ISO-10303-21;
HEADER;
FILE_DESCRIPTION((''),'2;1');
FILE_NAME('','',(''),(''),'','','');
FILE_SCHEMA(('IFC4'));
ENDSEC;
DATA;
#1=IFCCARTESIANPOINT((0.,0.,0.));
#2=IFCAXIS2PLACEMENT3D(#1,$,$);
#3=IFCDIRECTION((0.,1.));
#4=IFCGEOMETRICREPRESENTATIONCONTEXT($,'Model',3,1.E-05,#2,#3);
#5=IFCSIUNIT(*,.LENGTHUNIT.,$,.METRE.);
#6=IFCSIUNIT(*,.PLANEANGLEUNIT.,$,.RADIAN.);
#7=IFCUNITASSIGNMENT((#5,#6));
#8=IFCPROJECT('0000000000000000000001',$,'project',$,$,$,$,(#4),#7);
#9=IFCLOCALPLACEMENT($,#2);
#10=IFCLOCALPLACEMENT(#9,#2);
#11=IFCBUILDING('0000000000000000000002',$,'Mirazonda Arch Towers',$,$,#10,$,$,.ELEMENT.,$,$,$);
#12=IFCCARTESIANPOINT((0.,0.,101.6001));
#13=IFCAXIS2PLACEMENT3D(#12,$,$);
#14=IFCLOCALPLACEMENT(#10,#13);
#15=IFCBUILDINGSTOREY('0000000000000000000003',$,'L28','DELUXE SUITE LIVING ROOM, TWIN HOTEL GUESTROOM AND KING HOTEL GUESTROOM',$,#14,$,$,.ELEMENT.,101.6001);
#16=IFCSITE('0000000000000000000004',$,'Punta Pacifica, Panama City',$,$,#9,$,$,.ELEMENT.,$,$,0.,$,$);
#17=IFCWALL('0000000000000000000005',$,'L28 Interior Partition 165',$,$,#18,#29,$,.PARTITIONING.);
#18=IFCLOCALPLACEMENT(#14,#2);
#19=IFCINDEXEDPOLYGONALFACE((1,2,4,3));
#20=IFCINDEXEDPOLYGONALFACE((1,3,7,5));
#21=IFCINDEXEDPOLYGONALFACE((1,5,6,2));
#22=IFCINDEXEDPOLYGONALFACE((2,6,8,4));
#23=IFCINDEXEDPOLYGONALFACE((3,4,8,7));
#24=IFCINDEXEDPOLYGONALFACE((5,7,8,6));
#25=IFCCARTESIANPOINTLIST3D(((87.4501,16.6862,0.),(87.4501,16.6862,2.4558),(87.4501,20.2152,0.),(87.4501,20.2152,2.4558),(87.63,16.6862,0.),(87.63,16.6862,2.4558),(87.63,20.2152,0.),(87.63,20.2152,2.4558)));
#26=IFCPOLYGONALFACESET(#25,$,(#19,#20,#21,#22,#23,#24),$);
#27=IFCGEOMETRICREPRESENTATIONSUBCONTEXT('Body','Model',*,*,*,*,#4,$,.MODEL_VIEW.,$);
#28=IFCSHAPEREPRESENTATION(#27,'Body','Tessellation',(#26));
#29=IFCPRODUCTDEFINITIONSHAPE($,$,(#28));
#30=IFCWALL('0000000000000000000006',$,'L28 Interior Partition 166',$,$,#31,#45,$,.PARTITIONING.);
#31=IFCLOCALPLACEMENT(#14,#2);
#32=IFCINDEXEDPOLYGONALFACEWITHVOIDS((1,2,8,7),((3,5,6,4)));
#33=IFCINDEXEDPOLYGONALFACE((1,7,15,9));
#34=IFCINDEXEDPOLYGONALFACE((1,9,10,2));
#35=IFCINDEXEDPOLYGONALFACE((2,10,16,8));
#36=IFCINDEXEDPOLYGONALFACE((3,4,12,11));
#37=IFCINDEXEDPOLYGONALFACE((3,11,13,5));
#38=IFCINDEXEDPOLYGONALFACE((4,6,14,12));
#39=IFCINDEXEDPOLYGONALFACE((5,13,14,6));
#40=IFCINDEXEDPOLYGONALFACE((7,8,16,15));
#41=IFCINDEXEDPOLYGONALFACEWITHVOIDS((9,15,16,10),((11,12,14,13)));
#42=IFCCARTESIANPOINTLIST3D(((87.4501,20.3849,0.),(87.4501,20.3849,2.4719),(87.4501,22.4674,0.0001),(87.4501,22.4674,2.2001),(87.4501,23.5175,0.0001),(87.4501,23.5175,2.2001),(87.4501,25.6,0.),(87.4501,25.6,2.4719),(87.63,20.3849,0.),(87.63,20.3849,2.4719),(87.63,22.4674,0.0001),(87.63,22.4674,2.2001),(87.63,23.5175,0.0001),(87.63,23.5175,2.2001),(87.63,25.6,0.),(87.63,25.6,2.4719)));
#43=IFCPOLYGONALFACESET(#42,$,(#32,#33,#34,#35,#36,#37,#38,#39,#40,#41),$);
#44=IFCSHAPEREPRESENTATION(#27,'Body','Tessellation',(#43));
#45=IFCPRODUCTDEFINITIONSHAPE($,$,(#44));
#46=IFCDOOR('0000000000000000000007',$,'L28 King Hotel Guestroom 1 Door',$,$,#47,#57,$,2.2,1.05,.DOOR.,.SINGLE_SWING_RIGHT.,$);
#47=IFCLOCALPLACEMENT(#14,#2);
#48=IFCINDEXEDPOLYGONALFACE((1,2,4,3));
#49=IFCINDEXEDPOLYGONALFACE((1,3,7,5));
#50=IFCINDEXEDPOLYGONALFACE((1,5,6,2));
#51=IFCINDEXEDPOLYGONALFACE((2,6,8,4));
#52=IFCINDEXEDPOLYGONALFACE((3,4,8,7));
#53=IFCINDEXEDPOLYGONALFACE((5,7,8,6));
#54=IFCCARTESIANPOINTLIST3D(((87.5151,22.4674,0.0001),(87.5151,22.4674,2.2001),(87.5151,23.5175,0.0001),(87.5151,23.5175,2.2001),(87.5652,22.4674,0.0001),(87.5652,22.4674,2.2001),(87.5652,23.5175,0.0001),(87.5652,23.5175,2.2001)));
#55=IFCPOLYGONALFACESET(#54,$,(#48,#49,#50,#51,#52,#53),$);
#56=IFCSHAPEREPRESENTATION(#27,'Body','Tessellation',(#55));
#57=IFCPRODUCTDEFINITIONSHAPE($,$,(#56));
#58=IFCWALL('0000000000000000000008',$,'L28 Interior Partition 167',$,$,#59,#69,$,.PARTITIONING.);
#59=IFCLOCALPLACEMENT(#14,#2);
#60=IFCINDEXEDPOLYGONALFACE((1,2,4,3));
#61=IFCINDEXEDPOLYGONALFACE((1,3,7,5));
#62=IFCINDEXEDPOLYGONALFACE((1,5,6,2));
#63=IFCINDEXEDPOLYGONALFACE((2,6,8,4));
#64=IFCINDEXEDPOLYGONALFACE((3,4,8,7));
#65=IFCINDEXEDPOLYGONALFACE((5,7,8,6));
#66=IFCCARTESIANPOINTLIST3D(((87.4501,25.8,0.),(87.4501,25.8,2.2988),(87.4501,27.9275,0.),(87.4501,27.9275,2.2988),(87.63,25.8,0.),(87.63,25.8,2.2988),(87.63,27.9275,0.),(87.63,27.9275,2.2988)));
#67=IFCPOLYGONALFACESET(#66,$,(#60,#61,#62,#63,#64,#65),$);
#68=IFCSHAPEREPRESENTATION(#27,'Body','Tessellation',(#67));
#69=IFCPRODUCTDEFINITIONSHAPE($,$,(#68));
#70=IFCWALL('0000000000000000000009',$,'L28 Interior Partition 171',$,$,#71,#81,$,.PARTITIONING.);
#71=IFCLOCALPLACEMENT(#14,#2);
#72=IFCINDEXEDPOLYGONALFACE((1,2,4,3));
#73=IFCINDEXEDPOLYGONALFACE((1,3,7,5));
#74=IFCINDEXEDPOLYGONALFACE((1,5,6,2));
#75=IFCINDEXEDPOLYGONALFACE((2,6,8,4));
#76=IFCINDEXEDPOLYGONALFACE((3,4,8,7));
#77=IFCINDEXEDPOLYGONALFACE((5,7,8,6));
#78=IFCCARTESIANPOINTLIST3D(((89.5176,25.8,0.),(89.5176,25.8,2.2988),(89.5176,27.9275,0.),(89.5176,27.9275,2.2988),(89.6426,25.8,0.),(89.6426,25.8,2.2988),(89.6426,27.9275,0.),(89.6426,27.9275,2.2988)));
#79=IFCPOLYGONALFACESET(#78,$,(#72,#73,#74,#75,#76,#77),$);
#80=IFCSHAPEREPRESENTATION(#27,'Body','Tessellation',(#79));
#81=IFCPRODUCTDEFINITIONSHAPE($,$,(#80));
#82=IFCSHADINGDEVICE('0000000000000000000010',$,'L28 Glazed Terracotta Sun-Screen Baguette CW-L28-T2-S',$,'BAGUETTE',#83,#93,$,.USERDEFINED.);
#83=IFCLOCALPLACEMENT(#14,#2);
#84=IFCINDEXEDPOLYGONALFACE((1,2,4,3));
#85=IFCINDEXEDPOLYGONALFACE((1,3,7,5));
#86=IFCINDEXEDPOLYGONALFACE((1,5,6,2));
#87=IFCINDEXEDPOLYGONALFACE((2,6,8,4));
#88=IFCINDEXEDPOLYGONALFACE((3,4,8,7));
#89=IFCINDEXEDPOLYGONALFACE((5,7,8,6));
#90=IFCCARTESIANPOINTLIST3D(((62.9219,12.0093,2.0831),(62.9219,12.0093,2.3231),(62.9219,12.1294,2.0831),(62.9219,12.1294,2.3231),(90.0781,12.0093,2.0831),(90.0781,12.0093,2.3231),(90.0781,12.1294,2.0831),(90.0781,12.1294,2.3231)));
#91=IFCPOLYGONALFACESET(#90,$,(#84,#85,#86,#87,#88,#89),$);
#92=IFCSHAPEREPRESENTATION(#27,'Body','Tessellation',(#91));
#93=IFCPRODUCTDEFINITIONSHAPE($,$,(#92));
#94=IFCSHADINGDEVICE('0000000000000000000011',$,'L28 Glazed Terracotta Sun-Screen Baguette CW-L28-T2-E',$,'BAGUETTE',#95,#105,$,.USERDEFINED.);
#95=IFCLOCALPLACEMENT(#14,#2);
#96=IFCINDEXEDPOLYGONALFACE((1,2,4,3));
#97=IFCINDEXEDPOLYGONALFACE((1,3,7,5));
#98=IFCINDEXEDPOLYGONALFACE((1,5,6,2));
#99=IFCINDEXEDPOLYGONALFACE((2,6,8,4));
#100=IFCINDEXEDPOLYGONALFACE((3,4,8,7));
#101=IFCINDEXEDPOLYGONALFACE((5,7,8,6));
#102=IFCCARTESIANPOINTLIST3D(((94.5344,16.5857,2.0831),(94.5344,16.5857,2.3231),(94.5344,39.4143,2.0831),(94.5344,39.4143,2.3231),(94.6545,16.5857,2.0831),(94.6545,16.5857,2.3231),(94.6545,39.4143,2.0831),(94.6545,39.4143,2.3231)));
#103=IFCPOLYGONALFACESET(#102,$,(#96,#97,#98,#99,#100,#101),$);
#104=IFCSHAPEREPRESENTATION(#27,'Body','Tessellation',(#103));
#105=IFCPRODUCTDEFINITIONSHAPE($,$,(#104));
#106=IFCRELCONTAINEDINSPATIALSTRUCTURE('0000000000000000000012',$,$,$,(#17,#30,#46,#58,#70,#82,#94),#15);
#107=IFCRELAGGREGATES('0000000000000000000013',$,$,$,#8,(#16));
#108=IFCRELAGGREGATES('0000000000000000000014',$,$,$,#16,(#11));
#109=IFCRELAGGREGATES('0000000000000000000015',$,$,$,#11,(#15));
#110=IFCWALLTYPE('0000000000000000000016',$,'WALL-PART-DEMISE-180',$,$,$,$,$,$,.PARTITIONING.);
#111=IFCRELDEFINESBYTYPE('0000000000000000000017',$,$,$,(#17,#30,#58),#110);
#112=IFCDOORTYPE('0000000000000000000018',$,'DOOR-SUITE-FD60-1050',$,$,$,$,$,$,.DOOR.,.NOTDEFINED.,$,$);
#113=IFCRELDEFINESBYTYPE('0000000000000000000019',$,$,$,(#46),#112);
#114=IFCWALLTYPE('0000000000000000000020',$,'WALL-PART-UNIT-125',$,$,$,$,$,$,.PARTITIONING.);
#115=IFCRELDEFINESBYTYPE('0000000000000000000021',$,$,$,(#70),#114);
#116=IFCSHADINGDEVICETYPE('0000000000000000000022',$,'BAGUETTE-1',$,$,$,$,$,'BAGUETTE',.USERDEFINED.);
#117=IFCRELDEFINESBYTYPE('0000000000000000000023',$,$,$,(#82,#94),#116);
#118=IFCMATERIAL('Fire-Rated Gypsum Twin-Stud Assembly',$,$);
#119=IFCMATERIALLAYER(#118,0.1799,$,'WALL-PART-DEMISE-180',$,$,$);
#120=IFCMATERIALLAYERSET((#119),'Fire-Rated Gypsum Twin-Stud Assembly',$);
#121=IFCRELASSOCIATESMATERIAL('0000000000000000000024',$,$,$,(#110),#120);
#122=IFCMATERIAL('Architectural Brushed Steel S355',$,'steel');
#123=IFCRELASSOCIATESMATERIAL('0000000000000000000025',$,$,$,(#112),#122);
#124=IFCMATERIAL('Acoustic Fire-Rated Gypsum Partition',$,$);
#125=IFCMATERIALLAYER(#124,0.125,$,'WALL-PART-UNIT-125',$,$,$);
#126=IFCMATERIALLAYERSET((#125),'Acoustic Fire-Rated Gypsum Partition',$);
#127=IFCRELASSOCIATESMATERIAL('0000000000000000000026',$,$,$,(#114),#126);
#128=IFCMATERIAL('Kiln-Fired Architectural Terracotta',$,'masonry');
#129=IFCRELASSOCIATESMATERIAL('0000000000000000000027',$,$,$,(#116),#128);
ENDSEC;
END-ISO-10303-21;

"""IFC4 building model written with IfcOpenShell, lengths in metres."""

from ifc_helpers import new_model, si_unit, direction, frame, frame_2d, origin, origin_2d, place, context, subcontext, project, spatial, rectangle, extrude, material, layer, layer_set, material_profile, profile_set, type_object, element, fill, save


model = new_model("IFC4")

# Units and contexts
model_context = context("Model", 3, precision=1e-05, world=origin(), true_north=direction((0.0, 1.0)))
body_context = subcontext(model_context, "Body", "Model", "MODEL_VIEW")
ifc_project = project(units=[si_unit("LENGTHUNIT", "METRE"), si_unit("PLANEANGLEUNIT", "RADIAN")], contexts=[model_context])

# Site, building, storey
site_placement = place(None, origin())
site = spatial("IfcSite", under=ifc_project, at=site_placement, Name="Punta Pacifica, Panama City", CompositionType="ELEMENT", RefElevation=0.0)
building_placement = place(site_placement, origin())
building = spatial("IfcBuilding", under=site, at=building_placement, Name="Mirazonda Arch Towers", CompositionType="ELEMENT")
storey_placement = place(building_placement, frame((0.0, 0.0, 101.6001)))
storey = spatial("IfcBuildingStorey", under=building, at=storey_placement, Name="L28", Description="DELUXE SUITE LIVING ROOM, TWIN HOTEL GUESTROOM AND KING HOTEL GUESTROOM", CompositionType="ELEMENT", Elevation=101.6001)

# Shared definitions
ifc_material_1 = material(Name="Fire-Rated Gypsum Twin-Stud Assembly")
ifc_layer_1 = layer(ifc_material_1, 0.1799, Name="WALL-PART-DEMISE-180")
ifc_layer_set_1 = layer_set([ifc_layer_1], Name="Fire-Rated Gypsum Twin-Stud Assembly")
wall_type_1 = type_object("IfcWallType", Name="WALL-PART-DEMISE-180", PredefinedType="PARTITIONING", material=ifc_layer_set_1)

# Shared definitions
ifc_material_2 = material(Name="Architectural Brushed Steel S355", Category="steel")

# Wall
wall_1_placement = place(storey_placement, frame((87.54, 16.686, 0.0), z_axis=(0.0, 0.0, 1.0), x_axis=(0.0, 1.0, 0.0)))
element("IfcWall", 1, at=wall_1_placement, inside=storey, type_object=wall_type_1, Name="L28 Interior Partition 165", PredefinedType="PARTITIONING", context=body_context, shape_type="SweptSolid", body=[
    extrude(rectangle(XDim=3.5291, YDim=0.1799, at=frame_2d((1.7646, 0.0))), origin(), (0.0, 0.0, 1.0), 2.4558),
])

# Wall, opening, door
wall_2_placement = place(storey_placement, frame((87.54, 20.385, 0.0), z_axis=(0.0, 0.0, 1.0), x_axis=(0.0, 1.0, 0.0)))
wall_2 = element("IfcWall", 2, at=wall_2_placement, inside=storey, type_object=wall_type_1, Name="L28 Interior Partition 166", PredefinedType="PARTITIONING", context=body_context, shape_type="SweptSolid", body=[
    extrude(rectangle(XDim=5.2151, YDim=0.1799, at=frame_2d((2.6074, 0.0))), origin(), (0.0, 0.0, 1.0), 2.4719),
])
opening_1_placement = place(wall_2_placement, frame((2.0825, 0.0, 0.0)))
opening_1 = element("IfcOpeningElement", 3, at=opening_1_placement, cuts=wall_2, PredefinedType="OPENING", context=body_context, shape_type="SweptSolid", body=[
    extrude(rectangle(XDim=1.05, YDim=2.2, at=frame_2d((0.5249, 1.1001))), frame((0.0, 0.0999, 0.0), z_axis=(0.0, -1.0, 0.0), x_axis=(1.0, 0.0, 0.0)), (0.0, 0.0, 1.0), 0.2),
])
door_type_1 = type_object("IfcDoorType", Name="DOOR-SUITE-FD60-1050", OperationType="NOTDEFINED", PredefinedType="DOOR", material=ifc_material_2)
door_1_placement = place(opening_1_placement, origin())
door_1 = element("IfcDoor", 4, at=door_1_placement, inside=storey, type_object=door_type_1, Name="L28 King Hotel Guestroom 1 Door", OperationType="SINGLE_SWING_RIGHT", OverallHeight=2.2, OverallWidth=1.05, PredefinedType="DOOR", context=body_context, shape_type="SweptSolid", body=[
    extrude(rectangle(XDim=1.05, YDim=2.2, at=frame_2d((0.5249, 1.1001))), frame((0.0, 0.0249, 0.0), z_axis=(0.0, -1.0, 0.0), x_axis=(1.0, 0.0, 0.0)), (0.0, 0.0, 1.0), 0.05),
])
fill(opening_1, door_1)

# Walls
wall_3_placement = place(storey_placement, frame((87.54, 25.8, 0.0), z_axis=(0.0, 0.0, 1.0), x_axis=(0.0, 1.0, 0.0)))
element("IfcWall", 5, at=wall_3_placement, inside=storey, type_object=wall_type_1, Name="L28 Interior Partition 167", PredefinedType="PARTITIONING", context=body_context, shape_type="SweptSolid", body=[
    extrude(rectangle(XDim=2.1274, YDim=0.1799, at=frame_2d((1.0637, 0.0))), origin(), (0.0, 0.0, 1.0), 2.2988),
])
ifc_material_3 = material(Name="Acoustic Fire-Rated Gypsum Partition")
ifc_layer_2 = layer(ifc_material_3, 0.125, Name="WALL-PART-UNIT-125")
ifc_layer_set_2 = layer_set([ifc_layer_2], Name="Acoustic Fire-Rated Gypsum Partition")
wall_type_2 = type_object("IfcWallType", Name="WALL-PART-UNIT-125", PredefinedType="PARTITIONING", material=ifc_layer_set_2)
wall_4_placement = place(storey_placement, frame((89.5801, 25.8, 0.0), z_axis=(0.0, 0.0, 1.0), x_axis=(0.0, 1.0, 0.0)))
element("IfcWall", 6, at=wall_4_placement, inside=storey, type_object=wall_type_2, Name="L28 Interior Partition 171", PredefinedType="PARTITIONING", context=body_context, shape_type="SweptSolid", body=[
    extrude(rectangle(XDim=2.1274, YDim=0.125, at=frame_2d((1.0637, 0.0))), origin(), (0.0, 0.0, 1.0), 2.2988),
])

# Shading devices
ifc_material_4 = material(Name="Kiln-Fired Architectural Terracotta", Category="masonry")
ifc_material_profile_1 = material_profile(ifc_material_4, rectangle(XDim=0.1201, YDim=0.24, at=origin_2d()), Name="TERRA-BAG-120x240")
ifc_profile_set_1 = profile_set([ifc_material_profile_1], Name="Kiln-Fired Architectural Terracotta")
shading_device_type = type_object("IfcShadingDeviceType", Name="BAGUETTE-1", ElementType="BAGUETTE", PredefinedType="USERDEFINED", material=ifc_profile_set_1)
shading_device_1_placement = place(storey_placement, frame((90.0781, 12.0693, 2.2031), z_axis=(-1.0, 0.0, 0.0), x_axis=(0.0, -1.0, 0.0)))
element("IfcShadingDevice", 7, at=shading_device_1_placement, inside=storey, type_object=shading_device_type, Name="L28 Glazed Terracotta Sun-Screen Baguette CW-L28-T2-S", ObjectType="BAGUETTE", PredefinedType="USERDEFINED", context=body_context, shape_type="SweptSolid", body=[
    extrude(rectangle(XDim=0.1201, YDim=0.24, at=origin_2d()), origin(), (0.0, 0.0, 1.0), 27.1562),
])
shading_device_2_placement = place(storey_placement, frame((94.5945, 16.5857, 2.2031), z_axis=(0.0, 1.0, 0.0), x_axis=(-1.0, 0.0, 0.0)))
element("IfcShadingDevice", 8, at=shading_device_2_placement, inside=storey, type_object=shading_device_type, Name="L28 Glazed Terracotta Sun-Screen Baguette CW-L28-T2-E", ObjectType="BAGUETTE", PredefinedType="USERDEFINED", context=body_context, shape_type="SweptSolid", body=[
    extrude(rectangle(XDim=0.1201, YDim=0.24, at=origin_2d()), origin(), (0.0, 0.0, 1.0), 22.8286),
])

save(model, "model.ifc")
